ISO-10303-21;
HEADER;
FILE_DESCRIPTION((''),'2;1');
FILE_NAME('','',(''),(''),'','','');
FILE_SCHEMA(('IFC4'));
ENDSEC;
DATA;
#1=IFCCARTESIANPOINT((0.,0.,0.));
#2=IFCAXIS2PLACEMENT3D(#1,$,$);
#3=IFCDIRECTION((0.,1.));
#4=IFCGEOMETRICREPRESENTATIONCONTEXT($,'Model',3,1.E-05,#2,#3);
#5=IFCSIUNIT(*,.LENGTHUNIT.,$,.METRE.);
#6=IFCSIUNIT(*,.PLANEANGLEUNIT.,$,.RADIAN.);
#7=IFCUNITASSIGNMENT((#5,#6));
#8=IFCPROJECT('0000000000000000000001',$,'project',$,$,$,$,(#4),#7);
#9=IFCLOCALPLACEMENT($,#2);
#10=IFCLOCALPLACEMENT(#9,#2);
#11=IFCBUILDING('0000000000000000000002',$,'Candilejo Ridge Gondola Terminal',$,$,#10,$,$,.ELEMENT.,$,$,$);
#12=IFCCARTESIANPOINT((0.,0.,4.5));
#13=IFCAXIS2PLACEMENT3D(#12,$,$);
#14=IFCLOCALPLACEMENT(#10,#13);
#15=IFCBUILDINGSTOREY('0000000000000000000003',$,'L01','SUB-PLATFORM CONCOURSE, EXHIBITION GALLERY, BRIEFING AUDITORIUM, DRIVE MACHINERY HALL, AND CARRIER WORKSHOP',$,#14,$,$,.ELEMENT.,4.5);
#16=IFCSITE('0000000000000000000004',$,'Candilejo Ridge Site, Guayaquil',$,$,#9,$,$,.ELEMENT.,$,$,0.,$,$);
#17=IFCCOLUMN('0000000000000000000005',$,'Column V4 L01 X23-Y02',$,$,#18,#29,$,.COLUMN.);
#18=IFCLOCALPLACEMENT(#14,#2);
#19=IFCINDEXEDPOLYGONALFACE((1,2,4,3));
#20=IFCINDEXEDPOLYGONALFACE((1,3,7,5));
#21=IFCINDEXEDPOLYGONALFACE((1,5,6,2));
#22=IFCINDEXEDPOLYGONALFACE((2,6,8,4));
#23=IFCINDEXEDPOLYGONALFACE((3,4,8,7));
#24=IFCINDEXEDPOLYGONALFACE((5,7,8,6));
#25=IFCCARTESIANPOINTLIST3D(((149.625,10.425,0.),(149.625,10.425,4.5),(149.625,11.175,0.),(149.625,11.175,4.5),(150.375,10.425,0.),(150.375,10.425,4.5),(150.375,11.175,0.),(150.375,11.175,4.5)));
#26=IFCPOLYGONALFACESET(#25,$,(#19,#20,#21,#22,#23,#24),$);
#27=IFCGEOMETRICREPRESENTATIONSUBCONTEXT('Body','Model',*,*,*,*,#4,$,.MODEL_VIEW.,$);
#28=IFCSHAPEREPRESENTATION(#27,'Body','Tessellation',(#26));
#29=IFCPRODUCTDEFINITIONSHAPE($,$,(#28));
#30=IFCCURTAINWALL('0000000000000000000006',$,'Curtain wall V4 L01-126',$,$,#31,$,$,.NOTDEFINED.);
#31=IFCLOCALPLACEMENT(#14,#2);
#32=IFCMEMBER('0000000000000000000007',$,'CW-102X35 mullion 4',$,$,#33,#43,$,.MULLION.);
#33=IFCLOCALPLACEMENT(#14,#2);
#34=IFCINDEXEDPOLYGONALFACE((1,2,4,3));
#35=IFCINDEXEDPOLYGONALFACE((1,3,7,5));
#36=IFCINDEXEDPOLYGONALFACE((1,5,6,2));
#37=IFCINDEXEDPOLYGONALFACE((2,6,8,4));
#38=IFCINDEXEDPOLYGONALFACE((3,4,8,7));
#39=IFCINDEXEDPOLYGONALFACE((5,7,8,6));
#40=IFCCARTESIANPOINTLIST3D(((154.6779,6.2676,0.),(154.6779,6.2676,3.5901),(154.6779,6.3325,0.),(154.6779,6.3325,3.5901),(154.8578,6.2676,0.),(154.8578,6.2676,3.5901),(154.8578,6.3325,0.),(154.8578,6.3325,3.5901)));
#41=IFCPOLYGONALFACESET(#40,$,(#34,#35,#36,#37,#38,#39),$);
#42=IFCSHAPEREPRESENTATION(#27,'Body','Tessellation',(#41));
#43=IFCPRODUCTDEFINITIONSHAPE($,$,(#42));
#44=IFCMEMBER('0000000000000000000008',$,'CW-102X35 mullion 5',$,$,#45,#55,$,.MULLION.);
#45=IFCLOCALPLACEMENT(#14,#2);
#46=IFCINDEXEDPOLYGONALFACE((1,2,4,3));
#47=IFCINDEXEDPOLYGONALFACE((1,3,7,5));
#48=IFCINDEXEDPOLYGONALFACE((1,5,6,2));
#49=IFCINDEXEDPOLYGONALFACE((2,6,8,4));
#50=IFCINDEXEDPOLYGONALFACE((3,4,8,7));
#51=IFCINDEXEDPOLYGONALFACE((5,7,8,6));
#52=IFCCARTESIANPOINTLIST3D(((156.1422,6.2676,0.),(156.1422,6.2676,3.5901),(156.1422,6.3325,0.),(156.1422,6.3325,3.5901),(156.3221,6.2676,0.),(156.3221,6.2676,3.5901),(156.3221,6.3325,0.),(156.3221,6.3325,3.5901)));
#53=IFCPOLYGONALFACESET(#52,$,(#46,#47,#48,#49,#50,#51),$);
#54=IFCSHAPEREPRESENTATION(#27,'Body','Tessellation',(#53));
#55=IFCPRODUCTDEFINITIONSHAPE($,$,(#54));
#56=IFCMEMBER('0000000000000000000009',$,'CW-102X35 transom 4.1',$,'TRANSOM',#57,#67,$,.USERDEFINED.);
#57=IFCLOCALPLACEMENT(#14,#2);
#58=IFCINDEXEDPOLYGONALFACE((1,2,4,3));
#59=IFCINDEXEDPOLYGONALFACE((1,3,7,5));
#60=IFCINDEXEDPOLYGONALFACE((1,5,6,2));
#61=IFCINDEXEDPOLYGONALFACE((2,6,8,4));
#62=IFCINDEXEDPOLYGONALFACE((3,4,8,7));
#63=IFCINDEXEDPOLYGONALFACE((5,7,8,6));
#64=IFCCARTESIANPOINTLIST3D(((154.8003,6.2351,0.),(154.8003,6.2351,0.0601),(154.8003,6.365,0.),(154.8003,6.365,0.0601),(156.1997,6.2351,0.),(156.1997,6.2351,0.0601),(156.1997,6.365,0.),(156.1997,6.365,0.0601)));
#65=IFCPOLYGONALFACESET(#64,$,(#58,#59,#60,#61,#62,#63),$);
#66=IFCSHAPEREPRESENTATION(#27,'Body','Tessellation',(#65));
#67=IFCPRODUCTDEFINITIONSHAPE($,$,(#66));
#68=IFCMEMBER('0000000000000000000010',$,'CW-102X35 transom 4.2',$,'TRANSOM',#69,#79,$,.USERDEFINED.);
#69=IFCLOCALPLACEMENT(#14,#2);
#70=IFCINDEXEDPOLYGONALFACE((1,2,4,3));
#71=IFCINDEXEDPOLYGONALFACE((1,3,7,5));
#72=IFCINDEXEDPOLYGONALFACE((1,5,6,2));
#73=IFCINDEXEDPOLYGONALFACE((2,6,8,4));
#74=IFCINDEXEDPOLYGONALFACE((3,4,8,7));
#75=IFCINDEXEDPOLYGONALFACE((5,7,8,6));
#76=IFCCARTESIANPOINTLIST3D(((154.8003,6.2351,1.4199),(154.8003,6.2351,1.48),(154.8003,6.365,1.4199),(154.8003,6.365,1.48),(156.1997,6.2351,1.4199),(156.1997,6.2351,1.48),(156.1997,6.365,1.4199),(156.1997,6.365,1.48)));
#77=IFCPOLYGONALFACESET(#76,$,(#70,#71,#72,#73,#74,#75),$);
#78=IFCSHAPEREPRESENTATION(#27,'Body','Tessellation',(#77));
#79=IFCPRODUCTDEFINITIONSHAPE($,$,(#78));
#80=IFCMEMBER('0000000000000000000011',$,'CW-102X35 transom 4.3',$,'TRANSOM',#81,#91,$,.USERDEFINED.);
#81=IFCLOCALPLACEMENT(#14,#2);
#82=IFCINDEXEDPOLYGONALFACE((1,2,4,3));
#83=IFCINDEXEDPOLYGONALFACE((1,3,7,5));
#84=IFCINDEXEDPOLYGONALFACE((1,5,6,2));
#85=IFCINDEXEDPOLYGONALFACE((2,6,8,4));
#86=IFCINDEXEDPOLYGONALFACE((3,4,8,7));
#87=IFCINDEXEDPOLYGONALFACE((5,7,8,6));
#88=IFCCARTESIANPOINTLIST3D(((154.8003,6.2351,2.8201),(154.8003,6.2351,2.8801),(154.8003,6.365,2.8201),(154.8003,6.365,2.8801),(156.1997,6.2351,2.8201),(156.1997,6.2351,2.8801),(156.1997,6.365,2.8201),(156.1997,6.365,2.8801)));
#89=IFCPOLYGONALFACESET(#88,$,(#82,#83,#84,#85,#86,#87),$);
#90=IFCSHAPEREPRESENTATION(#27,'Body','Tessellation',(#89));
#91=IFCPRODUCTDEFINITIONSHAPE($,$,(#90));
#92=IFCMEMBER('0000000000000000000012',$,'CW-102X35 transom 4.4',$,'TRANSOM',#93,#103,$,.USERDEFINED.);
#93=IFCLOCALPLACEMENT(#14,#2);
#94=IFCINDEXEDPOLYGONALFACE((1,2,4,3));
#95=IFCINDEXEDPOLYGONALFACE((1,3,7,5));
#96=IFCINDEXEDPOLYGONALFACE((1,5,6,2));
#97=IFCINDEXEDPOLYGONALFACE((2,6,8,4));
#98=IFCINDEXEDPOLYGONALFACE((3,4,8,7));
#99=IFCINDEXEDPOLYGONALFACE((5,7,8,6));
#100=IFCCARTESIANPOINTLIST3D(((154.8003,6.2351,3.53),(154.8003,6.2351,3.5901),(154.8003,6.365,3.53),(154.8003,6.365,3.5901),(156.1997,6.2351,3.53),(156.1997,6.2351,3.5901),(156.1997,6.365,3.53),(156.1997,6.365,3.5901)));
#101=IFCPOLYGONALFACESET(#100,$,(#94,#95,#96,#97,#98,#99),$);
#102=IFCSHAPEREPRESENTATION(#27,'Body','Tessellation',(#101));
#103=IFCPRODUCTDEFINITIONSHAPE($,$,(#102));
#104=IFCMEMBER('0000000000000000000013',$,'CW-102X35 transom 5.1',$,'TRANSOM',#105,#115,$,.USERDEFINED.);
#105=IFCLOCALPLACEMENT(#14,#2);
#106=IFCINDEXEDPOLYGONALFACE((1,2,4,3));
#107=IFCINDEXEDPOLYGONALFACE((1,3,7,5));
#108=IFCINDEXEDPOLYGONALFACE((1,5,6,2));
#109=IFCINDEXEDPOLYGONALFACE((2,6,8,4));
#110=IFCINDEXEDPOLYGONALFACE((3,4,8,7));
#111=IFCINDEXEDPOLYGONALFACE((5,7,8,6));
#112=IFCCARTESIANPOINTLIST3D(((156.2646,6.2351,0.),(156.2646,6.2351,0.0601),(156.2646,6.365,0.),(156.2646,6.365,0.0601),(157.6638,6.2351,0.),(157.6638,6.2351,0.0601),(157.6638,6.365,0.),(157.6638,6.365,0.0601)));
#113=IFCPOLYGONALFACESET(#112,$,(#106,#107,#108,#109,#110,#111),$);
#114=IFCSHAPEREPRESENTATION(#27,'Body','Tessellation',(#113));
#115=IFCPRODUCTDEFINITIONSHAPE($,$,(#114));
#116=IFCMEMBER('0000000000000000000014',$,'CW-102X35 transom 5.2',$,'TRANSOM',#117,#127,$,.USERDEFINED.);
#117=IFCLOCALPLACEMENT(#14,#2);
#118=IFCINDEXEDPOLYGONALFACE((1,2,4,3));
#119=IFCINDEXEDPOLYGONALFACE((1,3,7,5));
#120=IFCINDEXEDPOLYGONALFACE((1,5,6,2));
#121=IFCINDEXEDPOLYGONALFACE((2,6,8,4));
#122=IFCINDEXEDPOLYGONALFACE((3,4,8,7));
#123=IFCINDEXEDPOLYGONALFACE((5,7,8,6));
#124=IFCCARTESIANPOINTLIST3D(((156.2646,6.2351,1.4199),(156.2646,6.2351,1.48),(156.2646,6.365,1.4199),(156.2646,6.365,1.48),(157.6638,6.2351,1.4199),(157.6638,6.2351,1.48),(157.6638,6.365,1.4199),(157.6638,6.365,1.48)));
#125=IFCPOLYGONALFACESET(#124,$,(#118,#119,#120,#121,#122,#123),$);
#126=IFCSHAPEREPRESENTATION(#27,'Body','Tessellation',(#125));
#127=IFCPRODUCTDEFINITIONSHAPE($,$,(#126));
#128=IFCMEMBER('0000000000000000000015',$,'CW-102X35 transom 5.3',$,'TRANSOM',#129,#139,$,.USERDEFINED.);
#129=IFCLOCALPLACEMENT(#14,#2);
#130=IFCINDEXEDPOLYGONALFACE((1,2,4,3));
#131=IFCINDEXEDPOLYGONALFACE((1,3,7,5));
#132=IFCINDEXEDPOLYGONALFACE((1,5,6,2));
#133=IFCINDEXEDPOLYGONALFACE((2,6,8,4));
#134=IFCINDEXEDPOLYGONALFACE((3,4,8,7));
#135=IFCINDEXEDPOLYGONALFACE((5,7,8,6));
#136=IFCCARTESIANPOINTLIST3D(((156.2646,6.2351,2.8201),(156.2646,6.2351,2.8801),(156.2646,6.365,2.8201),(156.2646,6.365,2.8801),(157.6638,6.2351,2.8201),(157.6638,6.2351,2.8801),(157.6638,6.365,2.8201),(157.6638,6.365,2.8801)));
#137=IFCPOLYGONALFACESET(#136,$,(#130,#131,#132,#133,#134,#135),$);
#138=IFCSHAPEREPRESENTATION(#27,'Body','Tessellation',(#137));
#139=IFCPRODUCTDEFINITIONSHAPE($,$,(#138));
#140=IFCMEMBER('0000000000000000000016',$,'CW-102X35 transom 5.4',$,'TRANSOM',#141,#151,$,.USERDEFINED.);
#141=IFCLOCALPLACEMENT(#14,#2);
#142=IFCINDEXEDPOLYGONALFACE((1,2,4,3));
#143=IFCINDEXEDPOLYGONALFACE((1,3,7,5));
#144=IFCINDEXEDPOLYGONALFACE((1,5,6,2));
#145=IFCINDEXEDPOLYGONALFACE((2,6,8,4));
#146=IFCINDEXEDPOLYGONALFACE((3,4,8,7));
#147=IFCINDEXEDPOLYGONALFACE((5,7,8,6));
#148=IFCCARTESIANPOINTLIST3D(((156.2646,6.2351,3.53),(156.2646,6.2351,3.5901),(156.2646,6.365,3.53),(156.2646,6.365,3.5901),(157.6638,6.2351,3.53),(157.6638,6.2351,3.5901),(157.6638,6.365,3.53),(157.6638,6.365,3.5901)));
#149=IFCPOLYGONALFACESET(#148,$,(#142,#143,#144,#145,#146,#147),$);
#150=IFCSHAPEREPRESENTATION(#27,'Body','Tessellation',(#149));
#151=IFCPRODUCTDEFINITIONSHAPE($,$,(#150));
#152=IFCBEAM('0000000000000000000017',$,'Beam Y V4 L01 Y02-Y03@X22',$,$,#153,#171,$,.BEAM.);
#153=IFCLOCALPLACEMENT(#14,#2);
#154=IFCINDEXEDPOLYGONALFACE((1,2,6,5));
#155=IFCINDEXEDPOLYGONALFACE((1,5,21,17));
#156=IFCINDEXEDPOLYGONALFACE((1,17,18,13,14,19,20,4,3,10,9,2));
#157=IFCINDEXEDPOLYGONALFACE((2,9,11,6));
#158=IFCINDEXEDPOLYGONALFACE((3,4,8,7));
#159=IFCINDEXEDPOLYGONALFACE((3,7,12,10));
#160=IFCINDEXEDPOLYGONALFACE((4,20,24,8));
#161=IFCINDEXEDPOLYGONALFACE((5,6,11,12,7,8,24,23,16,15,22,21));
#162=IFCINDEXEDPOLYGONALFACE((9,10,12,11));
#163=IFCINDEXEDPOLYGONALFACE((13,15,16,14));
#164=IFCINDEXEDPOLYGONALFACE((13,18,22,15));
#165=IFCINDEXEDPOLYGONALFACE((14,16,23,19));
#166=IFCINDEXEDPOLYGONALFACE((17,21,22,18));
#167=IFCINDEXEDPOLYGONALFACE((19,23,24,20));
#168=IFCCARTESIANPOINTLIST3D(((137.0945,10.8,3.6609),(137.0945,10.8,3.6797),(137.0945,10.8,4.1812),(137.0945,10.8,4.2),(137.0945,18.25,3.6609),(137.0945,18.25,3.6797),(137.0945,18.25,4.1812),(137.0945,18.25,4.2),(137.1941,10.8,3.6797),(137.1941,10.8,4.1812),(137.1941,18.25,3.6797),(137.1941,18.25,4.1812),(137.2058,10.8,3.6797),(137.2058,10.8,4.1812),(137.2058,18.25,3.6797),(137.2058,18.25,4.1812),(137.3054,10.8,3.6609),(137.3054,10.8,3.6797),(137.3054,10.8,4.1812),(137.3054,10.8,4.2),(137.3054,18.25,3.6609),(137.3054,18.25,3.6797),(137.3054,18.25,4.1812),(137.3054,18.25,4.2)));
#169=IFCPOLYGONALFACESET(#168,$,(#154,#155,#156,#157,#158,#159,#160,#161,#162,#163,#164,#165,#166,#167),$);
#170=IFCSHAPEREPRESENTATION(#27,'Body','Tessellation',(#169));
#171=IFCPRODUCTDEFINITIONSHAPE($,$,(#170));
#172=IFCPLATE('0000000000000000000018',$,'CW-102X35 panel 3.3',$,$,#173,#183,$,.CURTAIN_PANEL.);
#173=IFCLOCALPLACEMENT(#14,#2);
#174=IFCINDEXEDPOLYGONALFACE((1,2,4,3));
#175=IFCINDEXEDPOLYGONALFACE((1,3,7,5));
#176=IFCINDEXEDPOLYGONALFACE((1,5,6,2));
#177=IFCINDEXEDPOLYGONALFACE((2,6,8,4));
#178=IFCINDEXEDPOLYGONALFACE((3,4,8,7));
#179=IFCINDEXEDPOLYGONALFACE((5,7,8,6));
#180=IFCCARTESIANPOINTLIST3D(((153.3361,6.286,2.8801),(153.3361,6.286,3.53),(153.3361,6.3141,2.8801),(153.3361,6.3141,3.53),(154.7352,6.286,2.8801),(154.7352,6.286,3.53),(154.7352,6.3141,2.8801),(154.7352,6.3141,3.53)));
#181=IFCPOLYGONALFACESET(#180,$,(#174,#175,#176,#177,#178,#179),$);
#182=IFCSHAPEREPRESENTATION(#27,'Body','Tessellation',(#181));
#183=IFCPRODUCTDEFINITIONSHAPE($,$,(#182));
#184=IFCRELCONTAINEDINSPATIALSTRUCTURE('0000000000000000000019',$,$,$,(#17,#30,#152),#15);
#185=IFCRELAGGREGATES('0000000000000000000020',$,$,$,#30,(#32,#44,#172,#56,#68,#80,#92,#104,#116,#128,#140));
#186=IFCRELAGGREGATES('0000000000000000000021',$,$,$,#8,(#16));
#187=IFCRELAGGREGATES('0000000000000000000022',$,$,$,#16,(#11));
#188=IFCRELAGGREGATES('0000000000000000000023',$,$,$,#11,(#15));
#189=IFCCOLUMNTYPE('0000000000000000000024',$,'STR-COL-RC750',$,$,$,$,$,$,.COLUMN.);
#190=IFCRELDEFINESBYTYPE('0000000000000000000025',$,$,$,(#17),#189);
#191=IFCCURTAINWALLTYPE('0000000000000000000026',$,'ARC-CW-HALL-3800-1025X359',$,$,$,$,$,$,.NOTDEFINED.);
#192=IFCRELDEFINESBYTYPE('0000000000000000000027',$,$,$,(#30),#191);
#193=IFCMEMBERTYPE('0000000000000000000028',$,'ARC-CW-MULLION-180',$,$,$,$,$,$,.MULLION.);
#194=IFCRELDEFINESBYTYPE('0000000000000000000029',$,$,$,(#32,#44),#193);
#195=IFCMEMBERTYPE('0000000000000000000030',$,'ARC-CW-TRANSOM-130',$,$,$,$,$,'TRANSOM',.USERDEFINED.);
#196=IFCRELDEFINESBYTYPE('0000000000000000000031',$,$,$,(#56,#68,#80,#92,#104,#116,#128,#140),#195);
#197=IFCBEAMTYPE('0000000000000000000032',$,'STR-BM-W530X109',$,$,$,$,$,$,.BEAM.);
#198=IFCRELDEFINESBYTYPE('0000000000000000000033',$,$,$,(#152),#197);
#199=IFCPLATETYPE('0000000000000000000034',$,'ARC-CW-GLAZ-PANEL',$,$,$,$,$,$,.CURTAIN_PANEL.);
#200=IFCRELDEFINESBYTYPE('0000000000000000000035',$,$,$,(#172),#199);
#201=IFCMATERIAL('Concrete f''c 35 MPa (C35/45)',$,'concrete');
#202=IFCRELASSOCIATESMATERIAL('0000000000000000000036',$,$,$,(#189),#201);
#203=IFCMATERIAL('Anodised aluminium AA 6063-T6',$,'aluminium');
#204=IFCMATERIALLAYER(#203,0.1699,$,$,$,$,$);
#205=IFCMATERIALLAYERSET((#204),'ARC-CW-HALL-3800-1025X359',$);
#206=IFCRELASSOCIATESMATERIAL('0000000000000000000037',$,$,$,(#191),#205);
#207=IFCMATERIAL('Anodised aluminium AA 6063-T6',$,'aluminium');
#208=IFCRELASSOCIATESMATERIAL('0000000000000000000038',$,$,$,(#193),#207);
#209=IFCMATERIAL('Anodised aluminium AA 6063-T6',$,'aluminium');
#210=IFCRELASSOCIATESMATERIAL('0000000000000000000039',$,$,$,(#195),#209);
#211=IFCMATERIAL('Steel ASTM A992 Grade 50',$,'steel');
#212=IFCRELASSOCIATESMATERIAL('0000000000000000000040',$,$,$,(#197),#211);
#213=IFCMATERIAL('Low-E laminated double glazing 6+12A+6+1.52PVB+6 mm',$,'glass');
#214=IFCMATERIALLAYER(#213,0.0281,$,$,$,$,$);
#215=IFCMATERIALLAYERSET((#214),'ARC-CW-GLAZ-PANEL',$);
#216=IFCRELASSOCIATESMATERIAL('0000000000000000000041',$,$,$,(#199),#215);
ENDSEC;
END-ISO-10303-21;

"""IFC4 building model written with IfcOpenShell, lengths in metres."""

from ifc_helpers import new_model, si_unit, direction, frame, origin, origin_2d, place, context, subcontext, project, spatial, rectangle, i_section, extrude, material, layer, layer_set, material_profile, profile_set, type_object, element, aggregate, save


model = new_model("IFC4")

# Units and contexts
model_context = context("Model", 3, precision=1e-05, world=origin(), true_north=direction((0.0, 1.0)))
body_context = subcontext(model_context, "Body", "Model", "MODEL_VIEW")
ifc_project = project(units=[si_unit("LENGTHUNIT", "METRE"), si_unit("PLANEANGLEUNIT", "RADIAN")], contexts=[model_context])

# Site, building, storey
site_placement = place(None, origin())
site = spatial("IfcSite", under=ifc_project, at=site_placement, Name="Candilejo Ridge Site, Guayaquil", CompositionType="ELEMENT", RefElevation=0.0)
building_placement = place(site_placement, origin())
building = spatial("IfcBuilding", under=site, at=building_placement, Name="Candilejo Ridge Gondola Terminal", CompositionType="ELEMENT")
storey_placement = place(building_placement, frame((0.0, 0.0, 4.5)))
storey = spatial("IfcBuildingStorey", under=building, at=storey_placement, Name="L01", Description="SUB-PLATFORM CONCOURSE, EXHIBITION GALLERY, BRIEFING AUDITORIUM, DRIVE MACHINERY HALL, AND CARRIER WORKSHOP", CompositionType="ELEMENT", Elevation=4.5)

# Column
ifc_material_1 = material(Name="Concrete f'c 35 MPa (C35/45)", Category="concrete")
ifc_material_profile_1 = material_profile(ifc_material_1, rectangle(XDim=0.75, YDim=0.75, at=origin_2d()))
ifc_profile_set_1 = profile_set([ifc_material_profile_1], Name="Concrete f'c 35 MPa (C35/45)")
column_type = type_object("IfcColumnType", Name="STR-COL-RC750", PredefinedType="COLUMN", material=ifc_profile_set_1)
column_placement = place(storey_placement, frame((150.0, 10.8, 0.0), z_axis=(0.0, 0.0, 1.0), x_axis=(1.0, 0.0, 0.0)))
element("IfcColumn", 1, at=column_placement, inside=storey, type_object=column_type, Name="Column V4 L01 X23-Y02", PredefinedType="COLUMN", context=body_context, shape_type="SweptSolid", body=[
    extrude(rectangle(XDim=0.75, YDim=0.75, at=origin_2d()), origin(), (0.0, 0.0, 1.0), 4.5),
])

# Curtain wall, members
ifc_material_2 = material(Name="Anodised aluminium AA 6063-T6", Category="aluminium")
ifc_layer_1 = layer(ifc_material_2, 0.1699)
ifc_layer_set_1 = layer_set([ifc_layer_1], Name="ARC-CW-HALL-3800-1025X359")
curtain_wall_type = type_object("IfcCurtainWallType", Name="ARC-CW-HALL-3800-1025X359", PredefinedType="NOTDEFINED", material=ifc_layer_set_1)
curtain_wall_placement = place(storey_placement, origin())
curtain_wall = element("IfcCurtainWall", 2, at=curtain_wall_placement, inside=storey, type_object=curtain_wall_type, Name="Curtain wall V4 L01-126", PredefinedType="NOTDEFINED")
ifc_material_3 = material(Name="Anodised aluminium AA 6063-T6", Category="aluminium")
ifc_material_profile_2 = material_profile(ifc_material_3, rectangle(XDim=0.0649, YDim=0.1799, at=origin_2d()))
ifc_profile_set_2 = profile_set([ifc_material_profile_2], Name="Anodised aluminium AA 6063-T6")
member_type_1 = type_object("IfcMemberType", Name="ARC-CW-MULLION-180", PredefinedType="MULLION", material=ifc_profile_set_2)
member_1_placement = place(storey_placement, frame((154.7678, 6.3, 0.0), z_axis=(0.0, 0.0, 1.0), x_axis=(0.0, 1.0, 0.0)))
member_1 = element("IfcMember", 3, at=member_1_placement, type_object=member_type_1, Name="CW-102X35 mullion 4", PredefinedType="MULLION", context=body_context, shape_type="SweptSolid", body=[
    extrude(rectangle(XDim=0.0649, YDim=0.1799, at=origin_2d()), origin(), (0.0, 0.0, 1.0), 3.5901),
])
member_2_placement = place(storey_placement, frame((156.2322, 6.3, 0.0), z_axis=(0.0, 0.0, 1.0), x_axis=(0.0, 1.0, 0.0)))
member_2 = element("IfcMember", 4, at=member_2_placement, type_object=member_type_1, Name="CW-102X35 mullion 5", PredefinedType="MULLION", context=body_context, shape_type="SweptSolid", body=[
    extrude(rectangle(XDim=0.0649, YDim=0.1799, at=origin_2d()), origin(), (0.0, 0.0, 1.0), 3.5901),
])
ifc_material_4 = material(Name="Anodised aluminium AA 6063-T6", Category="aluminium")
ifc_material_profile_3 = material_profile(ifc_material_4, rectangle(XDim=0.1299, YDim=0.0601, at=origin_2d()))
ifc_profile_set_3 = profile_set([ifc_material_profile_3], Name="Anodised aluminium AA 6063-T6")
member_type_2 = type_object("IfcMemberType", Name="ARC-CW-TRANSOM-130", ElementType="TRANSOM", PredefinedType="USERDEFINED", material=ifc_profile_set_3)
member_3_placement = place(storey_placement, frame((154.8003, 6.3, 0.03), z_axis=(1.0, 0.0, 0.0), x_axis=(0.0, 1.0, 0.0)))
member_3 = element("IfcMember", 5, at=member_3_placement, type_object=member_type_2, Name="CW-102X35 transom 4.1", ObjectType="TRANSOM", PredefinedType="USERDEFINED", context=body_context, shape_type="SweptSolid", body=[
    extrude(rectangle(XDim=0.1299, YDim=0.0601, at=origin_2d()), origin(), (0.0, 0.0, 1.0), 1.3994),
])
member_4_placement = place(storey_placement, frame((154.8003, 6.3, 1.45), z_axis=(1.0, 0.0, 0.0), x_axis=(0.0, 1.0, 0.0)))
member_4 = element("IfcMember", 6, at=member_4_placement, type_object=member_type_2, Name="CW-102X35 transom 4.2", ObjectType="TRANSOM", PredefinedType="USERDEFINED", context=body_context, shape_type="SweptSolid", body=[
    extrude(rectangle(XDim=0.1299, YDim=0.0601, at=origin_2d()), origin(), (0.0, 0.0, 1.0), 1.3994),
])
member_5_placement = place(storey_placement, frame((154.8003, 6.3, 2.8501), z_axis=(1.0, 0.0, 0.0), x_axis=(0.0, 1.0, 0.0)))
member_5 = element("IfcMember", 7, at=member_5_placement, type_object=member_type_2, Name="CW-102X35 transom 4.3", ObjectType="TRANSOM", PredefinedType="USERDEFINED", context=body_context, shape_type="SweptSolid", body=[
    extrude(rectangle(XDim=0.1299, YDim=0.0601, at=origin_2d()), origin(), (0.0, 0.0, 1.0), 1.3994),
])
member_6_placement = place(storey_placement, frame((154.8003, 6.3, 3.5601), z_axis=(1.0, 0.0, 0.0), x_axis=(0.0, 1.0, 0.0)))
member_6 = element("IfcMember", 8, at=member_6_placement, type_object=member_type_2, Name="CW-102X35 transom 4.4", ObjectType="TRANSOM", PredefinedType="USERDEFINED", context=body_context, shape_type="SweptSolid", body=[
    extrude(rectangle(XDim=0.1299, YDim=0.0601, at=origin_2d()), origin(), (0.0, 0.0, 1.0), 1.3994),
])
member_7_placement = place(storey_placement, frame((156.2646, 6.3, 0.03), z_axis=(1.0, 0.0, 0.0), x_axis=(0.0, 1.0, 0.0)))
member_7 = element("IfcMember", 9, at=member_7_placement, type_object=member_type_2, Name="CW-102X35 transom 5.1", ObjectType="TRANSOM", PredefinedType="USERDEFINED", context=body_context, shape_type="SweptSolid", body=[
    extrude(rectangle(XDim=0.1299, YDim=0.0601, at=origin_2d()), origin(), (0.0, 0.0, 1.0), 1.3992),
])
member_8_placement = place(storey_placement, frame((156.2646, 6.3, 1.45), z_axis=(1.0, 0.0, 0.0), x_axis=(0.0, 1.0, 0.0)))
member_8 = element("IfcMember", 10, at=member_8_placement, type_object=member_type_2, Name="CW-102X35 transom 5.2", ObjectType="TRANSOM", PredefinedType="USERDEFINED", context=body_context, shape_type="SweptSolid", body=[
    extrude(rectangle(XDim=0.1299, YDim=0.0601, at=origin_2d()), origin(), (0.0, 0.0, 1.0), 1.3992),
])
member_9_placement = place(storey_placement, frame((156.2646, 6.3, 2.8501), z_axis=(1.0, 0.0, 0.0), x_axis=(0.0, 1.0, 0.0)))
member_9 = element("IfcMember", 11, at=member_9_placement, type_object=member_type_2, Name="CW-102X35 transom 5.3", ObjectType="TRANSOM", PredefinedType="USERDEFINED", context=body_context, shape_type="SweptSolid", body=[
    extrude(rectangle(XDim=0.1299, YDim=0.0601, at=origin_2d()), origin(), (0.0, 0.0, 1.0), 1.3992),
])
member_10_placement = place(storey_placement, frame((156.2646, 6.3, 3.5601), z_axis=(1.0, 0.0, 0.0), x_axis=(0.0, 1.0, 0.0)))
member_10 = element("IfcMember", 12, at=member_10_placement, type_object=member_type_2, Name="CW-102X35 transom 5.4", ObjectType="TRANSOM", PredefinedType="USERDEFINED", context=body_context, shape_type="SweptSolid", body=[
    extrude(rectangle(XDim=0.1299, YDim=0.0601, at=origin_2d()), origin(), (0.0, 0.0, 1.0), 1.3992),
])

# Beam
ifc_material_5 = material(Name="Steel ASTM A992 Grade 50", Category="steel")
ifc_material_profile_4 = material_profile(ifc_material_5, i_section(OverallWidth=0.2109, OverallDepth=0.5391, WebThickness=0.0117, FlangeThickness=0.0188, at=origin_2d()))
ifc_profile_set_4 = profile_set([ifc_material_profile_4], Name="Steel ASTM A992 Grade 50")
beam_type = type_object("IfcBeamType", Name="STR-BM-W530X109", PredefinedType="BEAM", material=ifc_profile_set_4)
beam_placement = place(storey_placement, frame((137.2, 10.8, 3.9304), z_axis=(0.0, 1.0, 0.0), x_axis=(-1.0, 0.0, 0.0)))
element("IfcBeam", 13, at=beam_placement, inside=storey, type_object=beam_type, Name="Beam Y V4 L01 Y02-Y03@X22", PredefinedType="BEAM", context=body_context, shape_type="SweptSolid", body=[
    extrude(i_section(OverallWidth=0.2109, OverallDepth=0.5391, WebThickness=0.0117, FlangeThickness=0.0188, at=origin_2d()), origin(), (0.0, 0.0, 1.0), 7.45),
])

# Plate
ifc_material_6 = material(Name="Low-E laminated double glazing 6+12A+6+1.52PVB+6 mm", Category="glass")
ifc_layer_2 = layer(ifc_material_6, 0.0281)
ifc_layer_set_2 = layer_set([ifc_layer_2], Name="ARC-CW-GLAZ-PANEL")
plate_type = type_object("IfcPlateType", Name="ARC-CW-GLAZ-PANEL", PredefinedType="CURTAIN_PANEL", material=ifc_layer_set_2)
plate_1_placement = place(storey_placement, frame((154.0356, 6.3, 2.8801), z_axis=(0.0, 0.0, 1.0), x_axis=(1.0, 0.0, 0.0)))
plate_1 = element("IfcPlate", 14, at=plate_1_placement, type_object=plate_type, Name="CW-102X35 panel 3.3", PredefinedType="CURTAIN_PANEL", context=body_context, shape_type="SweptSolid", body=[
    extrude(rectangle(XDim=1.3992, YDim=0.0281, at=origin_2d()), origin(), (0.0, 0.0, 1.0), 0.6499),
])
aggregate(curtain_wall, [member_1, member_2, plate_1, member_3, member_4, member_5, member_6, member_7, member_8, member_9, member_10])

save(model, "model.ifc")
